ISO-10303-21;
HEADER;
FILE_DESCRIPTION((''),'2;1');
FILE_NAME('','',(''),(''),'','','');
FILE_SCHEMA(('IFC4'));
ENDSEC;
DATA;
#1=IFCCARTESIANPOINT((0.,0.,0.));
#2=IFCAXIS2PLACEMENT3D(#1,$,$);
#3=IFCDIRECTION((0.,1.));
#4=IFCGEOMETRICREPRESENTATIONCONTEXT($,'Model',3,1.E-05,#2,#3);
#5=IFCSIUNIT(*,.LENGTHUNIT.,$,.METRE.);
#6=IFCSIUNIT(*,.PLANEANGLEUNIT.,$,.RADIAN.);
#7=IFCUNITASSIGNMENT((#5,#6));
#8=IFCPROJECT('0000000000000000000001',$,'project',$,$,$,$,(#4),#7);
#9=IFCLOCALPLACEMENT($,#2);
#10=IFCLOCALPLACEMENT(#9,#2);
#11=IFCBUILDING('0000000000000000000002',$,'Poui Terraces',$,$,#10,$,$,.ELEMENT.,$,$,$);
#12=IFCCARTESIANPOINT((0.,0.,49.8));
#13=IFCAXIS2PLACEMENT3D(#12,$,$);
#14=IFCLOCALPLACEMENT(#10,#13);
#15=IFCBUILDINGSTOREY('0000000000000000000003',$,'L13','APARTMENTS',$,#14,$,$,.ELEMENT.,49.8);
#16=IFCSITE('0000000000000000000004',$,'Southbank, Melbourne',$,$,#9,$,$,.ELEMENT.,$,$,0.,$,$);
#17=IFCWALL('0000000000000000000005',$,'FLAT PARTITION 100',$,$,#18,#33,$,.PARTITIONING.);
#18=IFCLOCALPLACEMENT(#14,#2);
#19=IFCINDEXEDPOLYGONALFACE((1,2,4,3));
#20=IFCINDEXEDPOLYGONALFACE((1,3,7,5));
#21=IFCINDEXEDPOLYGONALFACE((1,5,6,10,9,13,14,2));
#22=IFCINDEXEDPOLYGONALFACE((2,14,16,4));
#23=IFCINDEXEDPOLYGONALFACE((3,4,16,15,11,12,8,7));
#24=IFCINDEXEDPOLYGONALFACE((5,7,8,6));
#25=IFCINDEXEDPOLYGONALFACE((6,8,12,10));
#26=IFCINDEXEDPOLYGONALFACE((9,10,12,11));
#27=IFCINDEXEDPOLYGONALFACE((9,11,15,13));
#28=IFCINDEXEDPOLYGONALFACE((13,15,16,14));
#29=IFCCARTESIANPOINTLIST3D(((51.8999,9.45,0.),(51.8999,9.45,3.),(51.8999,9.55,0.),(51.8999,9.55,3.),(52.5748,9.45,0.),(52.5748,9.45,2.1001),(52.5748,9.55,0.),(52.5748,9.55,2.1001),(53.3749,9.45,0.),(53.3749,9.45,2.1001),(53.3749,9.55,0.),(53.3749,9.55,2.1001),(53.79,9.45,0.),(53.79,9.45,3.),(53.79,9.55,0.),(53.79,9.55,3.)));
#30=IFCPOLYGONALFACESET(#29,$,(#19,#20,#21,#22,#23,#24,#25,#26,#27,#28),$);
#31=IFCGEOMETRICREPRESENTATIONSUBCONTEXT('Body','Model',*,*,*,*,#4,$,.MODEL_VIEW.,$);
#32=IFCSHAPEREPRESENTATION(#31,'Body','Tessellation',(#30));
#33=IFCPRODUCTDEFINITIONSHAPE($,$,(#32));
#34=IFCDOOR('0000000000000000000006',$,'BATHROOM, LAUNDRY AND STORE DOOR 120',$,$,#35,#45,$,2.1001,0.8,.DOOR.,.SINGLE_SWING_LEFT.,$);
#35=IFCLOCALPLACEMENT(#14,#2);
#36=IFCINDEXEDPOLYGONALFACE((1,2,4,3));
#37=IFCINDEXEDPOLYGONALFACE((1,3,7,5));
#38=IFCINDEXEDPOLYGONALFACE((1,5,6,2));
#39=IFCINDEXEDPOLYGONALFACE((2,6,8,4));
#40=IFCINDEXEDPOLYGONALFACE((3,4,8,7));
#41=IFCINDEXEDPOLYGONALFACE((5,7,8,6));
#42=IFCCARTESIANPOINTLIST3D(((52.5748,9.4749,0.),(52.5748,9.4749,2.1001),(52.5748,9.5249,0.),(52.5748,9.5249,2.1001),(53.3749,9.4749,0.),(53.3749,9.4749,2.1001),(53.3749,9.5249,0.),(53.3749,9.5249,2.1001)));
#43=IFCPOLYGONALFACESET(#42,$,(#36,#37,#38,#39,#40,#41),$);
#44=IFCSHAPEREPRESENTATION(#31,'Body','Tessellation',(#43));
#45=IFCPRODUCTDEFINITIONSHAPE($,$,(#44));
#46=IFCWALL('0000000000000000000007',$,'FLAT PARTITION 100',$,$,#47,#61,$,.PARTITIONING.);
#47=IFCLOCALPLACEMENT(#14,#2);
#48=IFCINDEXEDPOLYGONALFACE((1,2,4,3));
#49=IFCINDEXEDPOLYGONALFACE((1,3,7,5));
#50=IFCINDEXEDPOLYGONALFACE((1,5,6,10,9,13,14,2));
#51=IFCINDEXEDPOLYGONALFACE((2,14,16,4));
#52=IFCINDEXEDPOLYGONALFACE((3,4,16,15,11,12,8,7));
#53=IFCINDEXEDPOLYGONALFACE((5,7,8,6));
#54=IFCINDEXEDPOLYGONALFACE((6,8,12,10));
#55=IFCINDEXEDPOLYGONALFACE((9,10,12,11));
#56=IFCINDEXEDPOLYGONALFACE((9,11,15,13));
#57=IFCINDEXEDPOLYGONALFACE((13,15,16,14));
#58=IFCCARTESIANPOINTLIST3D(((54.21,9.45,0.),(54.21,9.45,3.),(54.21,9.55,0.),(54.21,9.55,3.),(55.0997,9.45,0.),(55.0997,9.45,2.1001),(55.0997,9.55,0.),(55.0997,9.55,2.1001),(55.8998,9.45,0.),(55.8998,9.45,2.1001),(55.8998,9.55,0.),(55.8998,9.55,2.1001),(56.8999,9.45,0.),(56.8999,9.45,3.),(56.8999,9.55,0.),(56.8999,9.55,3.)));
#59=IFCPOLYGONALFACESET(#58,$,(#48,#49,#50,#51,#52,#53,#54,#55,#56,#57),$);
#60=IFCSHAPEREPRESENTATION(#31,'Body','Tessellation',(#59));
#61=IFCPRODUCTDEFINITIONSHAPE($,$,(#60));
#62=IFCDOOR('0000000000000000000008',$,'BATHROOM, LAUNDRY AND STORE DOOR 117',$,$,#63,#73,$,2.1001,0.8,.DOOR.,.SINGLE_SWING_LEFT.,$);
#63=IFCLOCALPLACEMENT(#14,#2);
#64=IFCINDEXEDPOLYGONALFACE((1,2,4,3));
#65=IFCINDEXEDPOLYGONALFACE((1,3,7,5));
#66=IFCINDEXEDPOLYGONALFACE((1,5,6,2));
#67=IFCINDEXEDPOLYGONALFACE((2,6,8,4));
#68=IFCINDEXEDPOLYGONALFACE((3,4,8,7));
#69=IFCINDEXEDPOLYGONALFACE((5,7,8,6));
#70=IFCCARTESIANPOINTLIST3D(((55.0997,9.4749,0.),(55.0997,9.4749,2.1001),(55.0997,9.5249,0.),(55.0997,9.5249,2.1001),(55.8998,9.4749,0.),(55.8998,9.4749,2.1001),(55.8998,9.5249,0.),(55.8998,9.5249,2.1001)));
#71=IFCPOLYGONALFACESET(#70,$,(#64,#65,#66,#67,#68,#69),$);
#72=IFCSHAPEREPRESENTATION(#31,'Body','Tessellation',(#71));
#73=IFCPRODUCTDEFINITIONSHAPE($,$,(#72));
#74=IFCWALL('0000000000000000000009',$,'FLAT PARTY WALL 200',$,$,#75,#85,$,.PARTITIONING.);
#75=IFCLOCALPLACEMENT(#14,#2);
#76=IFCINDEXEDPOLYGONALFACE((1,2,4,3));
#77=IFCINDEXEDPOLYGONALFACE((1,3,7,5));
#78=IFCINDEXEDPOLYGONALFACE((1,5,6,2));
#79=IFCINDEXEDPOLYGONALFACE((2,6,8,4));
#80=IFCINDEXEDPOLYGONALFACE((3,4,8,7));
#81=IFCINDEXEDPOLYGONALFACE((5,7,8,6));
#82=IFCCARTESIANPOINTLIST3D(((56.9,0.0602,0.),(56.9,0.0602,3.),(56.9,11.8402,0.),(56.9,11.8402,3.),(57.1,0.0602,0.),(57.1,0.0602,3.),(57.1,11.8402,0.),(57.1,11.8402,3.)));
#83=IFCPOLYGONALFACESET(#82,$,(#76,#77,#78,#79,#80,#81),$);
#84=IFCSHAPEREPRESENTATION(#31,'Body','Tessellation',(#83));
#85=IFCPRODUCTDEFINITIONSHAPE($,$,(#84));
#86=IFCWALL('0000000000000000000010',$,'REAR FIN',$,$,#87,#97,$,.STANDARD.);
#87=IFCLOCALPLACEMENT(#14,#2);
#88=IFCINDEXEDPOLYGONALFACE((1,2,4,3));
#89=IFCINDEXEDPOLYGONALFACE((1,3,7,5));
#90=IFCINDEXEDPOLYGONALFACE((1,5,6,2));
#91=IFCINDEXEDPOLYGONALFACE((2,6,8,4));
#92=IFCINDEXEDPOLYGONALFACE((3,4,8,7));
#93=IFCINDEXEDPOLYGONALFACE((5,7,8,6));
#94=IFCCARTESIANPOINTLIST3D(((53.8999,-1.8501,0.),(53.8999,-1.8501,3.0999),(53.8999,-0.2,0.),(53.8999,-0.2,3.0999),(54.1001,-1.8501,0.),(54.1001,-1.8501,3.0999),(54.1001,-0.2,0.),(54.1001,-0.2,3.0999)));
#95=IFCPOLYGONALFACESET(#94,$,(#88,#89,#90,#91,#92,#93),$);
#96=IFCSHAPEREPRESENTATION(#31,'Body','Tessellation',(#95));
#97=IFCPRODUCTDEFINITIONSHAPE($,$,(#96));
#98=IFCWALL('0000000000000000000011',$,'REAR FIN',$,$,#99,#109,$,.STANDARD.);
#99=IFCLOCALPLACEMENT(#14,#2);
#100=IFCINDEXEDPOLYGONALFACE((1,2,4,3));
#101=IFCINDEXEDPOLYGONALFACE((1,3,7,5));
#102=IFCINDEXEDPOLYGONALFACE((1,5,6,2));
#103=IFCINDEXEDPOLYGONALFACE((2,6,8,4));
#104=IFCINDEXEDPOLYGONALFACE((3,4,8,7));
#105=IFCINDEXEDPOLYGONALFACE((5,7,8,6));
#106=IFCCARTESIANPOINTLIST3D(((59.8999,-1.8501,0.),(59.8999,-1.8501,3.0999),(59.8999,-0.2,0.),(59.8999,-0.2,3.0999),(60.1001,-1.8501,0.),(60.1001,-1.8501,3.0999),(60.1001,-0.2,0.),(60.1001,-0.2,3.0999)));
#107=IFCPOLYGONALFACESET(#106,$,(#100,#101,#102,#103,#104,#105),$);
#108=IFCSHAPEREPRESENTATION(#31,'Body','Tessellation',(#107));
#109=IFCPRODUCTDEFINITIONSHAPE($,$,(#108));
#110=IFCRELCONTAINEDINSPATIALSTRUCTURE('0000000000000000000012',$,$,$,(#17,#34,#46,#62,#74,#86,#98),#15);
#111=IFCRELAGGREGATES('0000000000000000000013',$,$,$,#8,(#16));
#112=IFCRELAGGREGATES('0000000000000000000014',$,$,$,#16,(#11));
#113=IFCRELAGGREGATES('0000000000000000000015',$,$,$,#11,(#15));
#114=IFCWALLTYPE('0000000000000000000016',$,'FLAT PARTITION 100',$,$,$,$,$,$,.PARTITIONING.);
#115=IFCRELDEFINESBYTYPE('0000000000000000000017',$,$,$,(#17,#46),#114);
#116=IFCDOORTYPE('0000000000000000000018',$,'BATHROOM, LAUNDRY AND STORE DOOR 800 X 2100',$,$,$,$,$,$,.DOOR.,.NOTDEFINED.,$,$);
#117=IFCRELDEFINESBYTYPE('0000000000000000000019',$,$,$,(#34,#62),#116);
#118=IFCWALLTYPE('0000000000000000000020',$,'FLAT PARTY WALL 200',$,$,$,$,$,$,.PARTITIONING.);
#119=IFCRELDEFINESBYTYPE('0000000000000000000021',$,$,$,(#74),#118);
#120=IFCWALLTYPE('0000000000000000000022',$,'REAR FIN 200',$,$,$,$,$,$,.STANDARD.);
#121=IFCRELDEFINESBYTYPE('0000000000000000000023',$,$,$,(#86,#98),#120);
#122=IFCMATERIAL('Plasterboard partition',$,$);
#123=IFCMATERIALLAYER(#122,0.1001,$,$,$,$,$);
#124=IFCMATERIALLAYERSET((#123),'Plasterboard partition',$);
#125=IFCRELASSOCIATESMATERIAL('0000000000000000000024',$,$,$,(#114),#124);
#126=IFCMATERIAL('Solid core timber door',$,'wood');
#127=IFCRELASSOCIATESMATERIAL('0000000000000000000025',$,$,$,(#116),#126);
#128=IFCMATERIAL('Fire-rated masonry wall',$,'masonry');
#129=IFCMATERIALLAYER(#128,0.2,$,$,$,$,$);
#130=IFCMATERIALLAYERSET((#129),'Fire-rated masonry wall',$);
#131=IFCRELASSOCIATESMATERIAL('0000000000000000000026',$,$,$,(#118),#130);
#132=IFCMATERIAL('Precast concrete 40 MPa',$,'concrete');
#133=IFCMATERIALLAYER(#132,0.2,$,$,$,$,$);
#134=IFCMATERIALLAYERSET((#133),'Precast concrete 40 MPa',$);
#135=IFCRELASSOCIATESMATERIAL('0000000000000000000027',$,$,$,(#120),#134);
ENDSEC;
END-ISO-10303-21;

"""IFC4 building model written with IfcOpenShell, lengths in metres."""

from ifc_helpers import new_model, si_unit, direction, frame, frame_2d, origin, place, context, subcontext, project, spatial, polyline, rectangle, outline, extrude, source, transform, mapped, material, layer, layer_set, type_object, element, fill, save


model = new_model("IFC4")

# Units and contexts
model_context = context("Model", 3, precision=1e-05, world=origin(), true_north=direction((0.0, 1.0)))
body_context = subcontext(model_context, "Body", "Model", "MODEL_VIEW")
ifc_project = project(units=[si_unit("LENGTHUNIT", "METRE"), si_unit("PLANEANGLEUNIT", "RADIAN")], contexts=[model_context])

# Site, building, storey
site_placement = place(None, origin())
site = spatial("IfcSite", under=ifc_project, at=site_placement, Name="Southbank, Melbourne", CompositionType="ELEMENT", RefElevation=0.0)
building_placement = place(site_placement, origin())
building = spatial("IfcBuilding", under=site, at=building_placement, Name="Poui Terraces", CompositionType="ELEMENT")
storey_placement = place(building_placement, frame((0.0, 0.0, 49.8)))
storey = spatial("IfcBuildingStorey", under=building, at=storey_placement, Name="L13", Description="APARTMENTS", CompositionType="ELEMENT", Elevation=49.8)

# Shared definitions
ifc_material_1 = material(Name="Precast concrete 40 MPa", Category="concrete")

# Walls, openings, doors
ifc_material_2 = material(Name="Solid core timber door", Category="wood")
ifc_material_3 = material(Name="Plasterboard partition")
ifc_layer_1 = layer(ifc_material_3, 0.1001)
ifc_layer_set_1 = layer_set([ifc_layer_1], Name="Plasterboard partition")
wall_type_1 = type_object("IfcWallType", Name="FLAT PARTITION 100", PredefinedType="PARTITIONING", material=ifc_layer_set_1)
door_type_1 = type_object("IfcDoorType", Name="BATHROOM, LAUNDRY AND STORE DOOR 800 X 2100", OperationType="NOTDEFINED", PredefinedType="DOOR", material=ifc_material_2)
wall_1_placement = place(storey_placement, frame((51.8999, 9.5, 0.0), z_axis=(0.0, 0.0, 1.0), x_axis=(1.0, 0.0, 0.0)))
wall_1 = element("IfcWall", 1, at=wall_1_placement, inside=storey, type_object=wall_type_1, Name="FLAT PARTITION 100", PredefinedType="PARTITIONING", context=body_context, shape_type="SweptSolid", body=[
    extrude(rectangle(XDim=1.8901, YDim=0.1001, at=frame_2d((0.9451, 0.0))), origin(), (0.0, 0.0, 1.0), 3.0),
])
opening_1_placement = place(wall_1_placement, frame((0.675, 0.0, 0.0)))
opening_1 = element("IfcOpeningElement", 2, at=opening_1_placement, cuts=wall_1, PredefinedType="OPENING", context=body_context, shape_type="SweptSolid", body=[
    extrude(rectangle(XDim=0.8, YDim=2.1001, at=frame_2d((0.3999, 1.05))), frame((0.0, 0.0601, 0.0), z_axis=(0.0, -1.0, 0.0), x_axis=(1.0, 0.0, 0.0)), (0.0, 0.0, 1.0), 0.1201),
])
door_1_placement = place(opening_1_placement, origin())
door_1 = element("IfcDoor", 3, at=door_1_placement, inside=storey, type_object=door_type_1, Name="BATHROOM, LAUNDRY AND STORE DOOR 120", OperationType="SINGLE_SWING_LEFT", OverallHeight=2.1001, OverallWidth=0.8, PredefinedType="DOOR", context=body_context, shape_type="SweptSolid", body=[
    extrude(rectangle(XDim=0.8, YDim=2.1001, at=frame_2d((0.3999, 1.05))), frame((0.0, 0.0249, 0.0), z_axis=(0.0, -1.0, 0.0), x_axis=(1.0, 0.0, 0.0)), (0.0, 0.0, 1.0), 0.05),
])
fill(opening_1, door_1)
wall_2_placement = place(storey_placement, frame((54.21, 9.5, 0.0), z_axis=(0.0, 0.0, 1.0), x_axis=(1.0, 0.0, 0.0)))
wall_2 = element("IfcWall", 4, at=wall_2_placement, inside=storey, type_object=wall_type_1, Name="FLAT PARTITION 100", PredefinedType="PARTITIONING", context=body_context, shape_type="SweptSolid", body=[
    extrude(rectangle(XDim=2.6899, YDim=0.1001, at=frame_2d((1.345, 0.0))), origin(), (0.0, 0.0, 1.0), 3.0),
])
opening_2_placement = place(wall_2_placement, frame((0.8899, 0.0, 0.0)))
opening_2 = element("IfcOpeningElement", 5, at=opening_2_placement, cuts=wall_2, PredefinedType="OPENING", context=body_context, shape_type="SweptSolid", body=[
    extrude(rectangle(XDim=0.8, YDim=2.1001, at=frame_2d((0.3999, 1.05))), frame((0.0, 0.0601, 0.0), z_axis=(0.0, -1.0, 0.0), x_axis=(1.0, 0.0, 0.0)), (0.0, 0.0, 1.0), 0.1201),
])
door_2_placement = place(opening_2_placement, origin())
door_2 = element("IfcDoor", 6, at=door_2_placement, inside=storey, type_object=door_type_1, Name="BATHROOM, LAUNDRY AND STORE DOOR 117", OperationType="SINGLE_SWING_LEFT", OverallHeight=2.1001, OverallWidth=0.8, PredefinedType="DOOR", context=body_context, shape_type="SweptSolid", body=[
    extrude(rectangle(XDim=0.8, YDim=2.1001, at=frame_2d((0.3999, 1.05))), frame((0.0, 0.0249, 0.0), z_axis=(0.0, -1.0, 0.0), x_axis=(1.0, 0.0, 0.0)), (0.0, 0.0, 1.0), 0.05),
])
fill(opening_2, door_2)

# Walls
ifc_material_4 = material(Name="Fire-rated masonry wall", Category="masonry")
ifc_layer_2 = layer(ifc_material_4, 0.2)
ifc_layer_set_2 = layer_set([ifc_layer_2], Name="Fire-rated masonry wall")
wall_type_2 = type_object("IfcWallType", Name="FLAT PARTY WALL 200", PredefinedType="PARTITIONING", material=ifc_layer_set_2)
wall_3_placement = place(storey_placement, frame((57.0, 0.0601, 0.0), z_axis=(0.0, 0.0, 1.0), x_axis=(0.0, 1.0, 0.0)))
element("IfcWall", 7, at=wall_3_placement, inside=storey, type_object=wall_type_2, Name="FLAT PARTY WALL 200", PredefinedType="PARTITIONING", context=body_context, shape_type="SweptSolid", body=[
    extrude(rectangle(XDim=11.78, YDim=0.2, at=frame_2d((5.8901, 0.0))), origin(), (0.0, 0.0, 1.0), 3.0),
])
ifc_layer_3 = layer(ifc_material_1, 0.2)
ifc_layer_set_3 = layer_set([ifc_layer_3], Name="Precast concrete 40 MPa")
wall_type_3 = type_object("IfcWallType", Name="REAR FIN 200", PredefinedType="STANDARD", material=ifc_layer_set_3)
shared_shape_1 = source(origin(), body_context, "Body", "SweptSolid", [
    extrude(outline(polyline([(0.0, 0.0), (0.2002, 0.0), (0.2002, 1.6501), (0.0, 1.6501), (0.0, 0.0)])), origin(), (0.0, 0.0, 1.0), 3.0999),
])
for number, where, name in (
    (8, (53.8999, -1.8501, 0.0), "REAR FIN"),
    (9, (59.8999, -1.8501, 0.0), "REAR FIN"),
):
    element("IfcWall", number, at=place(storey_placement, frame(where)), inside=storey, type_object=wall_type_3, Name=name, PredefinedType="STANDARD", context=body_context, shape_type="MappedRepresentation", body=[
        mapped(shared_shape_1, transform((0.0, 0.0, 0.0))),
    ])

save(model, "model.ifc")
